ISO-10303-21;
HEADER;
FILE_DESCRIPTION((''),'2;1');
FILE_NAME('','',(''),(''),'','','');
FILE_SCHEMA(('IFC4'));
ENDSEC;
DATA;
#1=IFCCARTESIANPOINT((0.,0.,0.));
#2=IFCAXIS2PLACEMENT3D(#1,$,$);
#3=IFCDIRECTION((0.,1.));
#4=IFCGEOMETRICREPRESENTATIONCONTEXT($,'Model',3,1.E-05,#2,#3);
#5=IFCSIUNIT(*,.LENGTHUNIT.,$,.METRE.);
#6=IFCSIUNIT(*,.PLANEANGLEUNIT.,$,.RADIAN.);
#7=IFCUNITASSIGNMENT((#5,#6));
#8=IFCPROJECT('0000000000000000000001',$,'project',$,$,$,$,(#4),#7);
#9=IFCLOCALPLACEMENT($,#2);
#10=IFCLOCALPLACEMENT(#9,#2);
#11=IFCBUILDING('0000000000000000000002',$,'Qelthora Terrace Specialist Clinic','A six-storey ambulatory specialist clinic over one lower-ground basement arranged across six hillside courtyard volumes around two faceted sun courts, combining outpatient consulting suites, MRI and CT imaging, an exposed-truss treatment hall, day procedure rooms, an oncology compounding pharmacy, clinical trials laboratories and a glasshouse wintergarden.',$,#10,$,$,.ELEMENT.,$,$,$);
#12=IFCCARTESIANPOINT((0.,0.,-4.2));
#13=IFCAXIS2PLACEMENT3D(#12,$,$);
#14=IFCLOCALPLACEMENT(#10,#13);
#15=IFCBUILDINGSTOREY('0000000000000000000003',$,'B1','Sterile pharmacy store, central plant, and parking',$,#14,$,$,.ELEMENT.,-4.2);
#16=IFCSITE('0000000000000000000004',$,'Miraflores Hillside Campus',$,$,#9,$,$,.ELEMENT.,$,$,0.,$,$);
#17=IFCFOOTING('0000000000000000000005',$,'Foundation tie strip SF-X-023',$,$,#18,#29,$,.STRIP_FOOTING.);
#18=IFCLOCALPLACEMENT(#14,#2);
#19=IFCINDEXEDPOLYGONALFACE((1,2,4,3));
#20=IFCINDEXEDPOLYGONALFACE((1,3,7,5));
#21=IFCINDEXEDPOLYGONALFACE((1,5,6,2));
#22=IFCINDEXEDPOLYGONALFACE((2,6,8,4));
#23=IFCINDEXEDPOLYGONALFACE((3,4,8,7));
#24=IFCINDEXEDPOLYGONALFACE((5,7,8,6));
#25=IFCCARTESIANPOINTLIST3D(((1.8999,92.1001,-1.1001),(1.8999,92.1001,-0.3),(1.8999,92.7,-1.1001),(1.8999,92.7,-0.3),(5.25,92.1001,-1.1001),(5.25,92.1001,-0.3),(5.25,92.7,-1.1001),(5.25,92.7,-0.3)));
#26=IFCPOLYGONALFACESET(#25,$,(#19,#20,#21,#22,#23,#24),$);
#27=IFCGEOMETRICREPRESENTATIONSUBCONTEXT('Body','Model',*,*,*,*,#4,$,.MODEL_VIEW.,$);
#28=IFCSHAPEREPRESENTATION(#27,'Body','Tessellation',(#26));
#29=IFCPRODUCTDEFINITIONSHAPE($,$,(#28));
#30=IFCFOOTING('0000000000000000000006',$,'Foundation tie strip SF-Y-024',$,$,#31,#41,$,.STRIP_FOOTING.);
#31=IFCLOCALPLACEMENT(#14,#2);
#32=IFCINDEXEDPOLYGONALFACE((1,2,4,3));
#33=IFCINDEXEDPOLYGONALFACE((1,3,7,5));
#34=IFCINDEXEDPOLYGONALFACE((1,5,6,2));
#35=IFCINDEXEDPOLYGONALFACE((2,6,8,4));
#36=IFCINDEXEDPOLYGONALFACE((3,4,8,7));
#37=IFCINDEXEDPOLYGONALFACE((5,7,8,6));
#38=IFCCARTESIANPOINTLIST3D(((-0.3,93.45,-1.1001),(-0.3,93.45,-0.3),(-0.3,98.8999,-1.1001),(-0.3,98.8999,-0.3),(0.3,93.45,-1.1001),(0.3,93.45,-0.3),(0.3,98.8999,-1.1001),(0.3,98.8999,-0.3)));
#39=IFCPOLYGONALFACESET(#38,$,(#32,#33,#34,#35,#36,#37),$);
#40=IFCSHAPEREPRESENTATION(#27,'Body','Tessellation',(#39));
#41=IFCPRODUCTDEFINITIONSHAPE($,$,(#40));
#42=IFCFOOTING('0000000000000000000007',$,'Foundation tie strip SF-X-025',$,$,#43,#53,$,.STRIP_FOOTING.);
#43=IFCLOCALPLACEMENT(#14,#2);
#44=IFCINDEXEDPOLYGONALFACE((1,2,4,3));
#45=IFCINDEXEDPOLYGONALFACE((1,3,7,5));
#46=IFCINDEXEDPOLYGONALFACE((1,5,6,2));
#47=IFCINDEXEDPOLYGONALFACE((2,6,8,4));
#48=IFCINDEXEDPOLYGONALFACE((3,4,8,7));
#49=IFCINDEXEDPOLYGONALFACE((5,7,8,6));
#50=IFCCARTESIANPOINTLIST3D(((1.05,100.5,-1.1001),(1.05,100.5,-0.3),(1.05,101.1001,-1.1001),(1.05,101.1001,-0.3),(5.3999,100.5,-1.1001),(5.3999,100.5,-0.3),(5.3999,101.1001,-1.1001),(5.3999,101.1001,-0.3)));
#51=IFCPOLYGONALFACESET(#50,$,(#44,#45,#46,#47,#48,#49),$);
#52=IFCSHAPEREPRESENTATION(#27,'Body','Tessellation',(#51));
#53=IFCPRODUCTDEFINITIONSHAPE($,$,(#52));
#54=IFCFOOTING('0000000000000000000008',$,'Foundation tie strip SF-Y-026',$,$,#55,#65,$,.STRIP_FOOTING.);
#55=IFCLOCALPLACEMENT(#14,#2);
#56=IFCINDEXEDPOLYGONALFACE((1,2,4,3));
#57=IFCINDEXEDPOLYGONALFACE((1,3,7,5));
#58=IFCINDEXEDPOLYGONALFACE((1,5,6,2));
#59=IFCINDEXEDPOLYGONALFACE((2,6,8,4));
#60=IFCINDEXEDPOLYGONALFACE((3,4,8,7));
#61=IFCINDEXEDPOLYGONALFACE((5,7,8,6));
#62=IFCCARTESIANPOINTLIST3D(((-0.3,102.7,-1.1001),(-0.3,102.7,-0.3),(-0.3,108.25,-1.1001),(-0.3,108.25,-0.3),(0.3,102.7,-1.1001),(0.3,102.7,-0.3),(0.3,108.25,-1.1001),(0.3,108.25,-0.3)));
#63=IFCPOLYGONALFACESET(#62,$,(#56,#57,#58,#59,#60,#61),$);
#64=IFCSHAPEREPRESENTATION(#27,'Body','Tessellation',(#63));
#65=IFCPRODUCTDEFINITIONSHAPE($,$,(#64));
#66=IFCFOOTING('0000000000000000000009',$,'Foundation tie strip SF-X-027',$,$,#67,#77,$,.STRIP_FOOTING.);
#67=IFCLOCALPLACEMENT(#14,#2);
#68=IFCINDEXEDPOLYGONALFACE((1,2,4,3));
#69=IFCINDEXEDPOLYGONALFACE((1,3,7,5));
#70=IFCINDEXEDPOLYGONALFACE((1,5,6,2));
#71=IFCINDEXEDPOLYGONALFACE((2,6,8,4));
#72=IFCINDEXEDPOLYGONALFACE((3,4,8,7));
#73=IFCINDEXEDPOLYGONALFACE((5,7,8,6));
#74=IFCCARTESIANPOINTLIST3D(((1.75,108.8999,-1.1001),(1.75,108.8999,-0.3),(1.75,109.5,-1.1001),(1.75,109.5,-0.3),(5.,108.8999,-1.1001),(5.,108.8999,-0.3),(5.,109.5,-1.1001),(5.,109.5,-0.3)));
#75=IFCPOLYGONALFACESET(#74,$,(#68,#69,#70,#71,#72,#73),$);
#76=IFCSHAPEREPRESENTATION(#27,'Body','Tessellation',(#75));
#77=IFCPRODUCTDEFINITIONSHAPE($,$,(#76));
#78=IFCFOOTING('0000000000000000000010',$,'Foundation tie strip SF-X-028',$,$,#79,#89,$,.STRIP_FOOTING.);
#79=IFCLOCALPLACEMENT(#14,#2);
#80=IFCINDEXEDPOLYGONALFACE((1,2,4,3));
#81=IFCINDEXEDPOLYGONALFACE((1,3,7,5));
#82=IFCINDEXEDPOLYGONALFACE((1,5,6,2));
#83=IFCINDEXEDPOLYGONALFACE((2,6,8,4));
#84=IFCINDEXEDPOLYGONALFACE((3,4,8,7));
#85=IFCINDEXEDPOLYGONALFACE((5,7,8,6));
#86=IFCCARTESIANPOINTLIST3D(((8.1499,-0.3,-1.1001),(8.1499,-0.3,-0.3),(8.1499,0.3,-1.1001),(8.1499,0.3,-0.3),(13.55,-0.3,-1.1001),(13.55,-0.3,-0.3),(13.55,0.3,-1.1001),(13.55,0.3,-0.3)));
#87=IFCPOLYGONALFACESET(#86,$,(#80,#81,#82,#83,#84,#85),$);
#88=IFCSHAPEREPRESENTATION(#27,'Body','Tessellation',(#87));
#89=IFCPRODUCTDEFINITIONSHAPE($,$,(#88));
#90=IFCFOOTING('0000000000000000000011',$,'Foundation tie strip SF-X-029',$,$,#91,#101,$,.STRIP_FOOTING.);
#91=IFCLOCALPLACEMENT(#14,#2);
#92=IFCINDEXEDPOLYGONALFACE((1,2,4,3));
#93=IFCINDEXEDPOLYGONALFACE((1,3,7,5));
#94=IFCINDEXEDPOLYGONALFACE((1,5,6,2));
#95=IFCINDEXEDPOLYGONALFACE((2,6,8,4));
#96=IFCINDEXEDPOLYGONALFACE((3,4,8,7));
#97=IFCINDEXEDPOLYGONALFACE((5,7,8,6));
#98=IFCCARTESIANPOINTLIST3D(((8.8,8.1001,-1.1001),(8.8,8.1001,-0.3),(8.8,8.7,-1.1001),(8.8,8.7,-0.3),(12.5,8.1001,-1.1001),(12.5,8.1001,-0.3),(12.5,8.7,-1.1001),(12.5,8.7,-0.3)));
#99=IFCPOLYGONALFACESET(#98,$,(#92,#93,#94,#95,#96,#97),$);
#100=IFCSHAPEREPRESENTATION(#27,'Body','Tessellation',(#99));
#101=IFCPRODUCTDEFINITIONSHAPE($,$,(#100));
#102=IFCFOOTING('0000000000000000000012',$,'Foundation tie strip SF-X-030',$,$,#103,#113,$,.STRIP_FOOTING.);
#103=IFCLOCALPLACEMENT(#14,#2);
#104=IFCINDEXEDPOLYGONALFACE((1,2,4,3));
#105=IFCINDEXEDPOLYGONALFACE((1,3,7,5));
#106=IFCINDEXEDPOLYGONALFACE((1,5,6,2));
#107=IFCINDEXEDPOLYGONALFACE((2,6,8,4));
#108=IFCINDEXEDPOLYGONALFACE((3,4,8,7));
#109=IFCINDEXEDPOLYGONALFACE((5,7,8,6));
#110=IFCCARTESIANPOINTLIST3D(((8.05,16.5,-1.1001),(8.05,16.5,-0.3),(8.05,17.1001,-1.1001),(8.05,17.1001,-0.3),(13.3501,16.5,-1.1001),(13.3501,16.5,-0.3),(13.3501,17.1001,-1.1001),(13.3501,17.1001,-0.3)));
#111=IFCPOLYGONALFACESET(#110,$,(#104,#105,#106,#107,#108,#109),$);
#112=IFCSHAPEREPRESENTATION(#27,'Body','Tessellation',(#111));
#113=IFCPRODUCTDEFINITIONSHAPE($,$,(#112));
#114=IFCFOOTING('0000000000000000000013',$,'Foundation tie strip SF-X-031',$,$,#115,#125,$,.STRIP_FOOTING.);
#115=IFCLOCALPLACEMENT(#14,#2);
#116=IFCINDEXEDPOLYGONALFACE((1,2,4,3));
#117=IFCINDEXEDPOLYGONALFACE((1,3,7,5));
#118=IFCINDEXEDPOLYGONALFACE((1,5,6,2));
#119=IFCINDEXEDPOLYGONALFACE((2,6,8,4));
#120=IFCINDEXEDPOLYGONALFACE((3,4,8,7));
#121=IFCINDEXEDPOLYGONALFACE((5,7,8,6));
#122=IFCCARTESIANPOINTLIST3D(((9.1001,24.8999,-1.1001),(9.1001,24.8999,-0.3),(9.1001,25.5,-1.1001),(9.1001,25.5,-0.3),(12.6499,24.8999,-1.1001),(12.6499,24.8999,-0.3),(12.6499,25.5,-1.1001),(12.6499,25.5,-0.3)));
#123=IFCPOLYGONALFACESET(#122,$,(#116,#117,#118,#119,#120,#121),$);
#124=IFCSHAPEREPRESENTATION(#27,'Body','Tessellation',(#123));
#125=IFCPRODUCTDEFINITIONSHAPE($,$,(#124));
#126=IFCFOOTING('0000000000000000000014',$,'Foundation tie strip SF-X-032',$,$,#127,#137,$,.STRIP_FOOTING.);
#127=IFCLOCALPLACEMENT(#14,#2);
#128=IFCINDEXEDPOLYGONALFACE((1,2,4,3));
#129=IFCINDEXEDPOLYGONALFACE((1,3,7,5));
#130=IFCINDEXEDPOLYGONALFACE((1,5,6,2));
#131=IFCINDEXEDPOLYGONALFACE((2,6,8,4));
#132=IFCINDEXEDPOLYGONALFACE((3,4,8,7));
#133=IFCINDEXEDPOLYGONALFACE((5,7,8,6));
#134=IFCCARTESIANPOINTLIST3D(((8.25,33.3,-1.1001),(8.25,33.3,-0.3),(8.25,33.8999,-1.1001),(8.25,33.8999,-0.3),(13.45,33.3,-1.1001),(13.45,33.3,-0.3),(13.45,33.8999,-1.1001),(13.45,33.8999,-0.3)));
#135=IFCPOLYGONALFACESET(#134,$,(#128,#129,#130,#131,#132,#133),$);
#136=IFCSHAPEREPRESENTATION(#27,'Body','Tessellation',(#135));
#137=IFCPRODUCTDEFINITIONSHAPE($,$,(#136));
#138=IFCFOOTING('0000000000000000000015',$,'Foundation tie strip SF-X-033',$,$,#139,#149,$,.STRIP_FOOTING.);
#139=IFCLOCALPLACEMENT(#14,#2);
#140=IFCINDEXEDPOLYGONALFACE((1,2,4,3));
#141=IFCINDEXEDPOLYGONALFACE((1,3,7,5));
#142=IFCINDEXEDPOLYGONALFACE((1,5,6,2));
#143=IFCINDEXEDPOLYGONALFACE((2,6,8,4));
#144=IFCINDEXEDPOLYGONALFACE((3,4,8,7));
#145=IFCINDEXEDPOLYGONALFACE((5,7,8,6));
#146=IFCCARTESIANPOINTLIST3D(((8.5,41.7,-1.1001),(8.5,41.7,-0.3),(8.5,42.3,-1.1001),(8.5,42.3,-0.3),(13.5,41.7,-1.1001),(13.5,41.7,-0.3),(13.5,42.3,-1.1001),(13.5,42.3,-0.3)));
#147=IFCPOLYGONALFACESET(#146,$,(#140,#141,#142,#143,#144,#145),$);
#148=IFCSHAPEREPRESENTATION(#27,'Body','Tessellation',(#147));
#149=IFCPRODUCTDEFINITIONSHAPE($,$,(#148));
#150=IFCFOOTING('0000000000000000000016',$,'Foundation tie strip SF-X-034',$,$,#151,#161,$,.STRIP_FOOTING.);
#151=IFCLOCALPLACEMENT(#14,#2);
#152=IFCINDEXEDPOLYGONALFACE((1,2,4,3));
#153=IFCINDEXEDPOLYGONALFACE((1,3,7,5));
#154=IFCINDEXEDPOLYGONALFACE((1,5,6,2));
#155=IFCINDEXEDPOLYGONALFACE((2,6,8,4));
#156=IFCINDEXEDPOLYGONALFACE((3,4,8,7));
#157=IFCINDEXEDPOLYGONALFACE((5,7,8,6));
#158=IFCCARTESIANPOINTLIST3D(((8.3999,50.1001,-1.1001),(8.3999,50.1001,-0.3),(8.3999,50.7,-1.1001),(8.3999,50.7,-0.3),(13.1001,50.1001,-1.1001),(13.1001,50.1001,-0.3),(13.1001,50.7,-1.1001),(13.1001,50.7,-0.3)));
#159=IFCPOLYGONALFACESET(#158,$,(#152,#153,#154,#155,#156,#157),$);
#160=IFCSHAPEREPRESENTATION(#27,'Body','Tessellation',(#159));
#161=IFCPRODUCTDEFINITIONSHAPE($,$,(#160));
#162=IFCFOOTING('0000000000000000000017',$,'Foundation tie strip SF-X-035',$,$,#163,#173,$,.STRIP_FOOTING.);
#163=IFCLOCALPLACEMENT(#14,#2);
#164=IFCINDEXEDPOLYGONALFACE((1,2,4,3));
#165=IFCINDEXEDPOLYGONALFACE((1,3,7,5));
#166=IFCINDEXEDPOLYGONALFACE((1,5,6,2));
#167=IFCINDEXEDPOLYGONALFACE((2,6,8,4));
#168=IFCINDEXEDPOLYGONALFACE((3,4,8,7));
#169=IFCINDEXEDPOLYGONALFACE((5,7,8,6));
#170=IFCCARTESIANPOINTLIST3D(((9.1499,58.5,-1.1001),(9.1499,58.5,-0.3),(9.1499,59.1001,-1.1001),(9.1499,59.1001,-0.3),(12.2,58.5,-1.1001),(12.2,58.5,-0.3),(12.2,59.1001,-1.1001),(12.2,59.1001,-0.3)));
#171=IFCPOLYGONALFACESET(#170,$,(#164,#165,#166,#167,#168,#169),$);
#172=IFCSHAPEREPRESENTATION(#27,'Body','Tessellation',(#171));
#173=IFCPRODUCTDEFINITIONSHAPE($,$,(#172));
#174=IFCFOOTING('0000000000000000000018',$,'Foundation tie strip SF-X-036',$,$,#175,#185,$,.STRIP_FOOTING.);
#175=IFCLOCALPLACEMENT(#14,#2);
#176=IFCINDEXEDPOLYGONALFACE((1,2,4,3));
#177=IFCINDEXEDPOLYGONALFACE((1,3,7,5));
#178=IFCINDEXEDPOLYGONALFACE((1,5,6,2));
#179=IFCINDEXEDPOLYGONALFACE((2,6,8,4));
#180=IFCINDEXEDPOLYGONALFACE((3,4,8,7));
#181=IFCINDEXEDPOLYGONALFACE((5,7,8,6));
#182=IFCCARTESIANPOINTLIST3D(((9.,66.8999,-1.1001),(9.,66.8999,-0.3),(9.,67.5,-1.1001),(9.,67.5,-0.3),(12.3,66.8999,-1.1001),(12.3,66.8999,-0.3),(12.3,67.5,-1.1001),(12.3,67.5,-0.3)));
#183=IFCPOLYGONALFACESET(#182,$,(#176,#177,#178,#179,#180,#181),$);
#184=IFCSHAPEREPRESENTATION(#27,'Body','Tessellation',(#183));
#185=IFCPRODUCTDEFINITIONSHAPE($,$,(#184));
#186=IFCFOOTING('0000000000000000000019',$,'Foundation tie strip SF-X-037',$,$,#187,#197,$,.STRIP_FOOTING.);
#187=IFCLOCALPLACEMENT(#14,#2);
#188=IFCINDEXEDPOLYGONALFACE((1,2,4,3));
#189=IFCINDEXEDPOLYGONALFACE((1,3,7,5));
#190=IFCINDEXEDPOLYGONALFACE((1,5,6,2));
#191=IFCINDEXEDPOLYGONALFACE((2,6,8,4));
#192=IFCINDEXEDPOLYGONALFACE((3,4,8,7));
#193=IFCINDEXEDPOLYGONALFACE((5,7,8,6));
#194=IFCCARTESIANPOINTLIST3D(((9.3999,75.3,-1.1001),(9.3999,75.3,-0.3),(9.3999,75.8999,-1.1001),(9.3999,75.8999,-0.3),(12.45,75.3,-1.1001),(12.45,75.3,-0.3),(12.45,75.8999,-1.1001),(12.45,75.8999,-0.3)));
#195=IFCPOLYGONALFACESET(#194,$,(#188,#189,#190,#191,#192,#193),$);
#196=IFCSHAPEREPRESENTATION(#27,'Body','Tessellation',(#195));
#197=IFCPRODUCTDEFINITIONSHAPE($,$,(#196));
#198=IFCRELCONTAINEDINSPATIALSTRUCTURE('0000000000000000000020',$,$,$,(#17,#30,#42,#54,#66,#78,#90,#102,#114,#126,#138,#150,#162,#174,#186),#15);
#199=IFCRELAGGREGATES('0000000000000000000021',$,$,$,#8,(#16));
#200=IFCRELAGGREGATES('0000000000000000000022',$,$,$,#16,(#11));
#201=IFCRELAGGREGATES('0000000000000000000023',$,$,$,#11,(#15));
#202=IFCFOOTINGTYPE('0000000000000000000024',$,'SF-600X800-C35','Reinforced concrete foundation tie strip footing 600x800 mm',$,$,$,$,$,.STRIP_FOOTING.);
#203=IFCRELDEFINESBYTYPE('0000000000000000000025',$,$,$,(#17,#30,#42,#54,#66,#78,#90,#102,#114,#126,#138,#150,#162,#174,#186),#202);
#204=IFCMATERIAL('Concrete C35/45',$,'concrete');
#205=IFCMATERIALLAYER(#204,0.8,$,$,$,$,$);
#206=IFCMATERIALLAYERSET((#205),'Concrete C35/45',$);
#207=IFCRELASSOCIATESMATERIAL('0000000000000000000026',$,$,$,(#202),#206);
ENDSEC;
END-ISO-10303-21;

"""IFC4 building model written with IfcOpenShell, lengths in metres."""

from ifc_helpers import new_model, si_unit, direction, frame, origin, place, context, subcontext, project, spatial, polyline, outline, extrude, material, layer, layer_set, type_object, element, save


model = new_model("IFC4")

# Units and contexts
model_context = context("Model", 3, precision=1e-05, world=origin(), true_north=direction((0.0, 1.0)))
body_context = subcontext(model_context, "Body", "Model", "MODEL_VIEW")
ifc_project = project(units=[si_unit("LENGTHUNIT", "METRE"), si_unit("PLANEANGLEUNIT", "RADIAN")], contexts=[model_context])

# Site, building, storey
site_placement = place(None, origin())
site = spatial("IfcSite", under=ifc_project, at=site_placement, Name="Miraflores Hillside Campus", CompositionType="ELEMENT", RefElevation=0.0)
building_placement = place(site_placement, origin())
building = spatial("IfcBuilding", under=site, at=building_placement, Name="Qelthora Terrace Specialist Clinic", Description="A six-storey ambulatory specialist clinic over one lower-ground basement arranged across six hillside courtyard volumes around two faceted sun courts, combining outpatient consulting suites, MRI and CT imaging, an exposed-truss treatment hall, day procedure rooms, an oncology compounding pharmacy, clinical trials laboratories and a glasshouse wintergarden.", CompositionType="ELEMENT")
storey_placement = place(building_placement, frame((0.0, 0.0, -4.2)))
storey = spatial("IfcBuildingStorey", under=building, at=storey_placement, Name="B1", Description="Sterile pharmacy store, central plant, and parking", CompositionType="ELEMENT", Elevation=-4.2)

# Footings
ifc_material = material(Name="Concrete C35/45", Category="concrete")
ifc_layer = layer(ifc_material, 0.8)
ifc_layer_set = layer_set([ifc_layer], Name="Concrete C35/45")
footing_type = type_object("IfcFootingType", Name="SF-600X800-C35", Description="Reinforced concrete foundation tie strip footing 600x800 mm", PredefinedType="STRIP_FOOTING", material=ifc_layer_set)
footing_1_placement = place(storey_placement, frame((0.0, 0.0, -1.1001)))
element("IfcFooting", 1, at=footing_1_placement, inside=storey, type_object=footing_type, Name="Foundation tie strip SF-X-023", PredefinedType="STRIP_FOOTING", context=body_context, shape_type="SweptSolid", body=[
    extrude(outline(polyline([(1.8999, 92.1001), (5.25, 92.1001), (5.25, 92.7), (1.8999, 92.7), (1.8999, 92.1001)])), origin(), (0.0, 0.0, 1.0), 0.8),
])
footing_2_placement = place(storey_placement, frame((0.0, 0.0, -1.1001)))
element("IfcFooting", 2, at=footing_2_placement, inside=storey, type_object=footing_type, Name="Foundation tie strip SF-Y-024", PredefinedType="STRIP_FOOTING", context=body_context, shape_type="SweptSolid", body=[
    extrude(outline(polyline([(-0.3, 93.45), (0.3, 93.45), (0.3, 98.8999), (-0.3, 98.8999), (-0.3, 93.45)])), origin(), (0.0, 0.0, 1.0), 0.8),
])
footing_3_placement = place(storey_placement, frame((0.0, 0.0, -1.1001)))
element("IfcFooting", 3, at=footing_3_placement, inside=storey, type_object=footing_type, Name="Foundation tie strip SF-X-025", PredefinedType="STRIP_FOOTING", context=body_context, shape_type="SweptSolid", body=[
    extrude(outline(polyline([(1.05, 100.5), (5.3999, 100.5), (5.3999, 101.1001), (1.05, 101.1001), (1.05, 100.5)])), origin(), (0.0, 0.0, 1.0), 0.8),
])
footing_4_placement = place(storey_placement, frame((0.0, 0.0, -1.1001)))
element("IfcFooting", 4, at=footing_4_placement, inside=storey, type_object=footing_type, Name="Foundation tie strip SF-Y-026", PredefinedType="STRIP_FOOTING", context=body_context, shape_type="SweptSolid", body=[
    extrude(outline(polyline([(-0.3, 102.7), (0.3, 102.7), (0.3, 108.25), (-0.3, 108.25), (-0.3, 102.7)])), origin(), (0.0, 0.0, 1.0), 0.8),
])
footing_5_placement = place(storey_placement, frame((0.0, 0.0, -1.1001)))
element("IfcFooting", 5, at=footing_5_placement, inside=storey, type_object=footing_type, Name="Foundation tie strip SF-X-027", PredefinedType="STRIP_FOOTING", context=body_context, shape_type="SweptSolid", body=[
    extrude(outline(polyline([(1.75, 108.8999), (5.0, 108.8999), (5.0, 109.5), (1.75, 109.5), (1.75, 108.8999)])), origin(), (0.0, 0.0, 1.0), 0.8),
])
footing_6_placement = place(storey_placement, frame((0.0, 0.0, -1.1001)))
element("IfcFooting", 6, at=footing_6_placement, inside=storey, type_object=footing_type, Name="Foundation tie strip SF-X-028", PredefinedType="STRIP_FOOTING", context=body_context, shape_type="SweptSolid", body=[
    extrude(outline(polyline([(8.1499, -0.3), (13.55, -0.3), (13.55, 0.3), (8.1499, 0.3), (8.1499, -0.3)])), origin(), (0.0, 0.0, 1.0), 0.8),
])
footing_7_placement = place(storey_placement, frame((0.0, 0.0, -1.1001)))
element("IfcFooting", 7, at=footing_7_placement, inside=storey, type_object=footing_type, Name="Foundation tie strip SF-X-029", PredefinedType="STRIP_FOOTING", context=body_context, shape_type="SweptSolid", body=[
    extrude(outline(polyline([(8.8, 8.1001), (12.5, 8.1001), (12.5, 8.7), (8.8, 8.7), (8.8, 8.1001)])), origin(), (0.0, 0.0, 1.0), 0.8),
])
footing_8_placement = place(storey_placement, frame((0.0, 0.0, -1.1001)))
element("IfcFooting", 8, at=footing_8_placement, inside=storey, type_object=footing_type, Name="Foundation tie strip SF-X-030", PredefinedType="STRIP_FOOTING", context=body_context, shape_type="SweptSolid", body=[
    extrude(outline(polyline([(8.05, 16.5), (13.3501, 16.5), (13.3501, 17.1001), (8.05, 17.1001), (8.05, 16.5)])), origin(), (0.0, 0.0, 1.0), 0.8),
])
footing_9_placement = place(storey_placement, frame((0.0, 0.0, -1.1001)))
element("IfcFooting", 9, at=footing_9_placement, inside=storey, type_object=footing_type, Name="Foundation tie strip SF-X-031", PredefinedType="STRIP_FOOTING", context=body_context, shape_type="SweptSolid", body=[
    extrude(outline(polyline([(9.1001, 24.8999), (12.6499, 24.8999), (12.6499, 25.5), (9.1001, 25.5), (9.1001, 24.8999)])), origin(), (0.0, 0.0, 1.0), 0.8),
])
footing_10_placement = place(storey_placement, frame((0.0, 0.0, -1.1001)))
element("IfcFooting", 10, at=footing_10_placement, inside=storey, type_object=footing_type, Name="Foundation tie strip SF-X-032", PredefinedType="STRIP_FOOTING", context=body_context, shape_type="SweptSolid", body=[
    extrude(outline(polyline([(8.25, 33.3), (13.45, 33.3), (13.45, 33.8999), (8.25, 33.8999), (8.25, 33.3)])), origin(), (0.0, 0.0, 1.0), 0.8),
])
footing_11_placement = place(storey_placement, frame((0.0, 0.0, -1.1001)))
element("IfcFooting", 11, at=footing_11_placement, inside=storey, type_object=footing_type, Name="Foundation tie strip SF-X-033", PredefinedType="STRIP_FOOTING", context=body_context, shape_type="SweptSolid", body=[
    extrude(outline(polyline([(8.5, 41.7), (13.5, 41.7), (13.5, 42.3), (8.5, 42.3), (8.5, 41.7)])), origin(), (0.0, 0.0, 1.0), 0.8),
])
footing_12_placement = place(storey_placement, frame((0.0, 0.0, -1.1001)))
element("IfcFooting", 12, at=footing_12_placement, inside=storey, type_object=footing_type, Name="Foundation tie strip SF-X-034", PredefinedType="STRIP_FOOTING", context=body_context, shape_type="SweptSolid", body=[
    extrude(outline(polyline([(8.3999, 50.1001), (13.1001, 50.1001), (13.1001, 50.7), (8.3999, 50.7), (8.3999, 50.1001)])), origin(), (0.0, 0.0, 1.0), 0.8),
])
footing_13_placement = place(storey_placement, frame((0.0, 0.0, -1.1001)))
element("IfcFooting", 13, at=footing_13_placement, inside=storey, type_object=footing_type, Name="Foundation tie strip SF-X-035", PredefinedType="STRIP_FOOTING", context=body_context, shape_type="SweptSolid", body=[
    extrude(outline(polyline([(9.1499, 58.5), (12.2, 58.5), (12.2, 59.1001), (9.1499, 59.1001), (9.1499, 58.5)])), origin(), (0.0, 0.0, 1.0), 0.8),
])
footing_14_placement = place(storey_placement, frame((0.0, 0.0, -1.1001)))
element("IfcFooting", 14, at=footing_14_placement, inside=storey, type_object=footing_type, Name="Foundation tie strip SF-X-036", PredefinedType="STRIP_FOOTING", context=body_context, shape_type="SweptSolid", body=[
    extrude(outline(polyline([(9.0, 66.8999), (12.3, 66.8999), (12.3, 67.5), (9.0, 67.5), (9.0, 66.8999)])), origin(), (0.0, 0.0, 1.0), 0.8),
])
footing_15_placement = place(storey_placement, frame((0.0, 0.0, -1.1001)))
element("IfcFooting", 15, at=footing_15_placement, inside=storey, type_object=footing_type, Name="Foundation tie strip SF-X-037", PredefinedType="STRIP_FOOTING", context=body_context, shape_type="SweptSolid", body=[
    extrude(outline(polyline([(9.3999, 75.3), (12.45, 75.3), (12.45, 75.8999), (9.3999, 75.8999), (9.3999, 75.3)])), origin(), (0.0, 0.0, 1.0), 0.8),
])

save(model, "model.ifc")
